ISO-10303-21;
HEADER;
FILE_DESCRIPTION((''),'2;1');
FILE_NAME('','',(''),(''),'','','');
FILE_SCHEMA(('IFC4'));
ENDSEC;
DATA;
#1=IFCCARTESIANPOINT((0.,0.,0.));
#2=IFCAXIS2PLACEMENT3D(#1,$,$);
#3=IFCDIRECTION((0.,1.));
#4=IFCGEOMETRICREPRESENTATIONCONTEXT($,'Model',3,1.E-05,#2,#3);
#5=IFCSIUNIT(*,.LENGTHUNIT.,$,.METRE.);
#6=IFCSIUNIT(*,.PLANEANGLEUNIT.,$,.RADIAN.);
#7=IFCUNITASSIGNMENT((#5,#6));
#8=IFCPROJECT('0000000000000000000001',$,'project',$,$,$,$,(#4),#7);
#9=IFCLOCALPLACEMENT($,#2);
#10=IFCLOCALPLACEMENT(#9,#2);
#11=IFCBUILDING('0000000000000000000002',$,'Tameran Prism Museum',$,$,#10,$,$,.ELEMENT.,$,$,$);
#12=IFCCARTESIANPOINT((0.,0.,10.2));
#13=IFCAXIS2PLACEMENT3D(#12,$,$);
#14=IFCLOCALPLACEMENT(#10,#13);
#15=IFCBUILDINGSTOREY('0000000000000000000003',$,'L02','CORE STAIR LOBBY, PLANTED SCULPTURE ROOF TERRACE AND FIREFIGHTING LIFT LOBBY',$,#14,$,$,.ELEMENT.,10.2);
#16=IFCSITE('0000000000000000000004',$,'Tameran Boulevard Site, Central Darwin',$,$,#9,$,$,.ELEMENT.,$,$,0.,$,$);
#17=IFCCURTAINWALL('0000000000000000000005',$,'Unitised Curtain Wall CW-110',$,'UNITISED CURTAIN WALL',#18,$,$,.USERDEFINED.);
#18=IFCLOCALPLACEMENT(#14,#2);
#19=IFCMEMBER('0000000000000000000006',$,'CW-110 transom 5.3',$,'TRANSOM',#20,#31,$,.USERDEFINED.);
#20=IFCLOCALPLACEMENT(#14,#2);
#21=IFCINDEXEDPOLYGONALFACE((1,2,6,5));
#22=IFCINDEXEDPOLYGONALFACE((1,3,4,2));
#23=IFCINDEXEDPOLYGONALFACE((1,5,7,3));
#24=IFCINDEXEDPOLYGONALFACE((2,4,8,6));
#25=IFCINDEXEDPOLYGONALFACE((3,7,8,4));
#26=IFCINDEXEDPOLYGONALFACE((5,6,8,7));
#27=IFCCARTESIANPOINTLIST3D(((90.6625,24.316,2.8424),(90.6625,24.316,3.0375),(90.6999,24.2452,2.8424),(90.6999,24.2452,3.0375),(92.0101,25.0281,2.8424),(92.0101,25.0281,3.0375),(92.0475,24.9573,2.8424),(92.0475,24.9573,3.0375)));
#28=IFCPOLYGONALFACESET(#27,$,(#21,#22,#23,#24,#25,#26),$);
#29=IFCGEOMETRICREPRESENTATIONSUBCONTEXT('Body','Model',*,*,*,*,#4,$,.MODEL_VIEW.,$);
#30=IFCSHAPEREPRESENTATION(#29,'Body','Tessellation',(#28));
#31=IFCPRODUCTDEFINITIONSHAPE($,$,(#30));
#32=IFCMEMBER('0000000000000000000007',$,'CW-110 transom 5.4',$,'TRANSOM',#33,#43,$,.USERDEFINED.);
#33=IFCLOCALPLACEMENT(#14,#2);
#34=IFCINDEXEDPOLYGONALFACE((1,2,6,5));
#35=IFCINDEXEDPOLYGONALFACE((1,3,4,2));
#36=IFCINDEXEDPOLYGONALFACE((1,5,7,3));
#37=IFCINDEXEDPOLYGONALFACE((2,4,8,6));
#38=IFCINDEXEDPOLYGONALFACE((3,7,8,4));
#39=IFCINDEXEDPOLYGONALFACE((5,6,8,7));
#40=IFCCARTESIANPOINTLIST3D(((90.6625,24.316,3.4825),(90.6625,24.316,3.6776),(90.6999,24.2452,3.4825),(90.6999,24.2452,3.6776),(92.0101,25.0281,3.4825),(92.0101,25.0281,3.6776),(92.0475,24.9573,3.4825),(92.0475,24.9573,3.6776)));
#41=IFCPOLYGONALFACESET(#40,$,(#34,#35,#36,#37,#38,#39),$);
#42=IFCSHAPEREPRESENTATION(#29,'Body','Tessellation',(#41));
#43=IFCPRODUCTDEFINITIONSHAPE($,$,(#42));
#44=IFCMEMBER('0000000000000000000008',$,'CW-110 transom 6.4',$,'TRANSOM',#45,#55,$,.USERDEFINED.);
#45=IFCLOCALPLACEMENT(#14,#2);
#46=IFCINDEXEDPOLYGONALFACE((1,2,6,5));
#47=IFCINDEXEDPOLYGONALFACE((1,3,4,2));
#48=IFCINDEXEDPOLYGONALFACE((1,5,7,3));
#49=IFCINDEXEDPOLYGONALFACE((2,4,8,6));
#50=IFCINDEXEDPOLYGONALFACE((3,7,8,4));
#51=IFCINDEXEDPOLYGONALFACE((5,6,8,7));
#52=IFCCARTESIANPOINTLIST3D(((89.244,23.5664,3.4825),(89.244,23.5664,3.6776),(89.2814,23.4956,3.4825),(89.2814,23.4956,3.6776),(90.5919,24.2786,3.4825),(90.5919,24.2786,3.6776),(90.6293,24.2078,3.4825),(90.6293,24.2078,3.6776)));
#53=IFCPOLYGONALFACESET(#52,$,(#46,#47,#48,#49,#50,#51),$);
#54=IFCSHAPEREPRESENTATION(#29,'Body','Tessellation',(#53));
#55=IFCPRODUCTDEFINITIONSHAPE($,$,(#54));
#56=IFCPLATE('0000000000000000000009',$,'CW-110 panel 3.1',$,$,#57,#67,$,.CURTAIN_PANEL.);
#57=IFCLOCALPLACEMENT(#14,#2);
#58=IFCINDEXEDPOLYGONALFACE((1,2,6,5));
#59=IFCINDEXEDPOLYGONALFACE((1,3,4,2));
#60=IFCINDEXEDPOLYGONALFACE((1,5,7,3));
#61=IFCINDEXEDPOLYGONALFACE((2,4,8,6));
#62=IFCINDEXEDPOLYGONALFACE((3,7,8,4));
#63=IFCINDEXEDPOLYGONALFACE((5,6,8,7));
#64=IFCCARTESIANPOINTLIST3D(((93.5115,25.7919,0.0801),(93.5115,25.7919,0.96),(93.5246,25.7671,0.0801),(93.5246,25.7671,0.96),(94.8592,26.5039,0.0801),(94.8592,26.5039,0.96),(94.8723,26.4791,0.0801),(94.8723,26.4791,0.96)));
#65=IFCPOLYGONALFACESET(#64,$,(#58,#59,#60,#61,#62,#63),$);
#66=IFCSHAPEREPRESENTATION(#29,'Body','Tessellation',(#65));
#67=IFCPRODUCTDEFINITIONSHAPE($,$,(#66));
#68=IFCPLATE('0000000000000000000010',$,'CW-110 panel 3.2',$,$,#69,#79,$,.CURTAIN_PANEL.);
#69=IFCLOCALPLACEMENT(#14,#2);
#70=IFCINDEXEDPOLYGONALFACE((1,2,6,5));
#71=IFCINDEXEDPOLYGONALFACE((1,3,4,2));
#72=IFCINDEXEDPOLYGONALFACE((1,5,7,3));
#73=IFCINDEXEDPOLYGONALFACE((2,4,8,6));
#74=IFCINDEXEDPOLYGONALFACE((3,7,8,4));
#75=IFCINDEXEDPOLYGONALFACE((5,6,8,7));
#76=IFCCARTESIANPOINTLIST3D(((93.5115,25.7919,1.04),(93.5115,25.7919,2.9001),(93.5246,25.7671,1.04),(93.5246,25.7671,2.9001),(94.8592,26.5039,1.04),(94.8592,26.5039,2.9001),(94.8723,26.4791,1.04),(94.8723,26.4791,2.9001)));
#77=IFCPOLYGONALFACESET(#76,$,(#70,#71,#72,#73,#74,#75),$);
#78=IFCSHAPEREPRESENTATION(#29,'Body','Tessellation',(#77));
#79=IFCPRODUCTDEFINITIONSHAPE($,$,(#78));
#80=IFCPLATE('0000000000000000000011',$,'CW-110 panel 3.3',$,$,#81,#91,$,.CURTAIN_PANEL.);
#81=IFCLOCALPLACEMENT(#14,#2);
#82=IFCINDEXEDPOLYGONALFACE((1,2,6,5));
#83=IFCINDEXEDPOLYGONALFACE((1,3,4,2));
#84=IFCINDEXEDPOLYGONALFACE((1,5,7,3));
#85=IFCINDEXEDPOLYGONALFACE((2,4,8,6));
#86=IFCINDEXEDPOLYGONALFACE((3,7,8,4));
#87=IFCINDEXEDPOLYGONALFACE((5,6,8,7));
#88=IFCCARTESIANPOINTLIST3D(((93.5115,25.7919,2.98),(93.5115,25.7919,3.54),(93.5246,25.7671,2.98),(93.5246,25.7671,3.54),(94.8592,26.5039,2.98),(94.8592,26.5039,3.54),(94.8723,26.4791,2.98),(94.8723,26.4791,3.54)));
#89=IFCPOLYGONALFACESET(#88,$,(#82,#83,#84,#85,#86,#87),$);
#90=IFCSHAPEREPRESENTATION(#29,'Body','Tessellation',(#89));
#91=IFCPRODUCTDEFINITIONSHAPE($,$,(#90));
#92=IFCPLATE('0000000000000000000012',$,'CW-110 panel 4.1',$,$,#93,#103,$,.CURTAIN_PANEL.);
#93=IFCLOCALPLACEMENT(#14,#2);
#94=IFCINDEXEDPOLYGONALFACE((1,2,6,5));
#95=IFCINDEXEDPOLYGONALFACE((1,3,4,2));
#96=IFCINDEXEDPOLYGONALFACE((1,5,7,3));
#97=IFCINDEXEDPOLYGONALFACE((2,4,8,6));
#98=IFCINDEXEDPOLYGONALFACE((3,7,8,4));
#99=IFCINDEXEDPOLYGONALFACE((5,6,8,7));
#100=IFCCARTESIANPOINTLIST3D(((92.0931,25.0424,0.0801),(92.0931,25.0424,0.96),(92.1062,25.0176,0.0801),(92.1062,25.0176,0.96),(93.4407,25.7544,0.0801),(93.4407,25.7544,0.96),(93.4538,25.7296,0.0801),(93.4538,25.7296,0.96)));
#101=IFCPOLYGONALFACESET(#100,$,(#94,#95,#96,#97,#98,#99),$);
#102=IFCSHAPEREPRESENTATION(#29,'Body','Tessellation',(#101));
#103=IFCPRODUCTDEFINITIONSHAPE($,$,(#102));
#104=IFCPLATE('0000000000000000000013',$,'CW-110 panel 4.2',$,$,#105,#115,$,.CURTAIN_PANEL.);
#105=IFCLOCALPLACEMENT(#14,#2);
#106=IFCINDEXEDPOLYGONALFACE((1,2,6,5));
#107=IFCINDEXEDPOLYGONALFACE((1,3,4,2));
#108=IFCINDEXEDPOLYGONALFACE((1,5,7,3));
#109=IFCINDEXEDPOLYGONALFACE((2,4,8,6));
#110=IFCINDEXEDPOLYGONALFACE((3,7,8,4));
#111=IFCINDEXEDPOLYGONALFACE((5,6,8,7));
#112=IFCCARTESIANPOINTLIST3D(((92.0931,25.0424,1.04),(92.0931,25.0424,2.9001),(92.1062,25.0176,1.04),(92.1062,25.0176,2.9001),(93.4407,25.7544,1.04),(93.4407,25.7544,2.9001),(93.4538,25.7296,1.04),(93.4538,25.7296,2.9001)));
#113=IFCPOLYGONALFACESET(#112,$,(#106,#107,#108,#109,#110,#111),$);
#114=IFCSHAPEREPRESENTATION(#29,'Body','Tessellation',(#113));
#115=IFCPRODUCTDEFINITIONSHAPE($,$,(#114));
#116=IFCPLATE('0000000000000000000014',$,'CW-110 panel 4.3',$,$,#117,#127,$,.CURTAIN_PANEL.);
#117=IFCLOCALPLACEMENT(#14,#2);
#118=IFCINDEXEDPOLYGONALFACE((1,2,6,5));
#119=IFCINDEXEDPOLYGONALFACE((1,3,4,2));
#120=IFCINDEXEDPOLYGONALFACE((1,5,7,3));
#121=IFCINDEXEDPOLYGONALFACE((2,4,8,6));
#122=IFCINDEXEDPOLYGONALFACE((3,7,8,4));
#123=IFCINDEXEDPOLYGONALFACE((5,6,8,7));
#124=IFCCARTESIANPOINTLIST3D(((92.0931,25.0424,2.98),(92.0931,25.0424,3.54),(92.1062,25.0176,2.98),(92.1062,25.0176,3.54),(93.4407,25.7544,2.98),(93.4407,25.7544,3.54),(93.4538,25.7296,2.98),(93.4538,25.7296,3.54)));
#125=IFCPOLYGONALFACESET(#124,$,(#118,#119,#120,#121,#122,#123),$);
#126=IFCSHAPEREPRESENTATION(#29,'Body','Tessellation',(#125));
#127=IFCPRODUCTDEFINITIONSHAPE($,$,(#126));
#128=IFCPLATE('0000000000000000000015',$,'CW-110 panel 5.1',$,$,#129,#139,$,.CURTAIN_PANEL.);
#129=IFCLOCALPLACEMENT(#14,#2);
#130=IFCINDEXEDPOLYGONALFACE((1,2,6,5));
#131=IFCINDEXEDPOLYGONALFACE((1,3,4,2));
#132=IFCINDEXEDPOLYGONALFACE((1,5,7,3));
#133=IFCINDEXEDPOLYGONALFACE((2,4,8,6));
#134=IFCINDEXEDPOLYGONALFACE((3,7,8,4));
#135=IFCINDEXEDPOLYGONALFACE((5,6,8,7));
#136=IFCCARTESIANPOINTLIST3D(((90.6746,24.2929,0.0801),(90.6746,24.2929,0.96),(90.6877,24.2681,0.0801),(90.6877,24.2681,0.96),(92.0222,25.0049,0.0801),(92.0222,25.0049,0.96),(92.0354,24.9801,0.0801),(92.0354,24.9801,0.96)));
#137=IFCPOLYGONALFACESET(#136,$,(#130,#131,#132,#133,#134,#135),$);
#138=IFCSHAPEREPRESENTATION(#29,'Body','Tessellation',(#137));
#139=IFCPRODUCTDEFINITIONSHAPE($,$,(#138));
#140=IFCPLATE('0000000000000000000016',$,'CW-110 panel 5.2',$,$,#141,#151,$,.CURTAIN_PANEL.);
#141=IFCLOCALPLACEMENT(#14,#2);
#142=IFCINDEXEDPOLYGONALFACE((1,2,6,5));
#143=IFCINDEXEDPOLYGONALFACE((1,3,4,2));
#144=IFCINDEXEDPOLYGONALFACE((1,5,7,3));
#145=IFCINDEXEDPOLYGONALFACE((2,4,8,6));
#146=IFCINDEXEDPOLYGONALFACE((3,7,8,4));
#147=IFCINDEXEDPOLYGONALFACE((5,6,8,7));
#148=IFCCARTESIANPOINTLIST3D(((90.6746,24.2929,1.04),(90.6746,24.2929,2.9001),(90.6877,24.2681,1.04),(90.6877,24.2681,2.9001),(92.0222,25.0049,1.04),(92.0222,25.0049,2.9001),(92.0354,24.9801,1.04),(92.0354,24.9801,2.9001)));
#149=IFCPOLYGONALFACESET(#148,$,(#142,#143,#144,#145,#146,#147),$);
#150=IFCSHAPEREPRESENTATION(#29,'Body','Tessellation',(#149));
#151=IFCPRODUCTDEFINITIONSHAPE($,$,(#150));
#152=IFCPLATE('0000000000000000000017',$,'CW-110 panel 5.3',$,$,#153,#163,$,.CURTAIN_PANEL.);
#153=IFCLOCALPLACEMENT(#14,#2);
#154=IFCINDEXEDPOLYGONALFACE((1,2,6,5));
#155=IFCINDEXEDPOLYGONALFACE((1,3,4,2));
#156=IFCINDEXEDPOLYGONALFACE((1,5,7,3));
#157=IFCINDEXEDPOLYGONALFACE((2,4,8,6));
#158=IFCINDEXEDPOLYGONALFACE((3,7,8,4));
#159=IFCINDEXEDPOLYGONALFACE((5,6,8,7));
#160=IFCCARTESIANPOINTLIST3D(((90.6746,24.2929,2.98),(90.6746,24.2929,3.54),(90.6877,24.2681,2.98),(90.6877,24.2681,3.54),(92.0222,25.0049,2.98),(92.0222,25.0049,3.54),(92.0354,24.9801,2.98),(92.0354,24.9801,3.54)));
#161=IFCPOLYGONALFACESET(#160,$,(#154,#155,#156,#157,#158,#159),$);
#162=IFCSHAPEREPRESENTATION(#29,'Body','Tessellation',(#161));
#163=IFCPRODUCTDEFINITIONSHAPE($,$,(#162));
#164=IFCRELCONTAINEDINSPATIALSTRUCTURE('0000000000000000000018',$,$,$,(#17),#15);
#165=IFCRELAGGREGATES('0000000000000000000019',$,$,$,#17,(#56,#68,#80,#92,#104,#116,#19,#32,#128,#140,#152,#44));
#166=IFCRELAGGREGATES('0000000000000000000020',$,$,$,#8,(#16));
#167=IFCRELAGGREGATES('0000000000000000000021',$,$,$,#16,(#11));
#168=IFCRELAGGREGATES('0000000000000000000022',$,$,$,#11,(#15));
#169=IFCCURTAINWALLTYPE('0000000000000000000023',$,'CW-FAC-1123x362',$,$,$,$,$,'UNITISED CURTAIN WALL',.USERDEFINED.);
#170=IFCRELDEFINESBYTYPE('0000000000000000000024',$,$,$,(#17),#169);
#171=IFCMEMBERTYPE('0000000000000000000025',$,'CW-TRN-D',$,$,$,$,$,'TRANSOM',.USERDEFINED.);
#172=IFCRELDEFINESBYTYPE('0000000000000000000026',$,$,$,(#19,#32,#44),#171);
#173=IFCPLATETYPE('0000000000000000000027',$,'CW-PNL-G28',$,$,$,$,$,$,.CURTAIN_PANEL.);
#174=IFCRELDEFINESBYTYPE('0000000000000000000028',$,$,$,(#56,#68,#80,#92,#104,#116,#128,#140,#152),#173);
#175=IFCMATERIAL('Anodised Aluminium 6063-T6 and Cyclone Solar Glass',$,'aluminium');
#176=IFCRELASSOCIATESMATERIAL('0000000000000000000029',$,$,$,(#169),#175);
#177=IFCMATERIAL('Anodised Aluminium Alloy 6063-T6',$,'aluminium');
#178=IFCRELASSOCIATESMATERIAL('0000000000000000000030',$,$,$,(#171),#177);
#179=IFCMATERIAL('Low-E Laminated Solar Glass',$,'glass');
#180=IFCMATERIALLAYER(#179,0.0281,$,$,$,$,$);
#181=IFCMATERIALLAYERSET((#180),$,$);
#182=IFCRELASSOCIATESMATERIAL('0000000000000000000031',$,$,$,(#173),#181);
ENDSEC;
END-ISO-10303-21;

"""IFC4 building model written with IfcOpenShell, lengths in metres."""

from ifc_helpers import new_model, si_unit, direction, frame, origin, origin_2d, place, context, subcontext, project, spatial, rectangle, extrude, material, layer, layer_set, material_profile, profile_set, type_object, element, aggregate, save


model = new_model("IFC4")

# Units and contexts
model_context = context("Model", 3, precision=1e-05, world=origin(), true_north=direction((0.0, 1.0)))
body_context = subcontext(model_context, "Body", "Model", "MODEL_VIEW")
ifc_project = project(units=[si_unit("LENGTHUNIT", "METRE"), si_unit("PLANEANGLEUNIT", "RADIAN")], contexts=[model_context])

# Site, building, storey
site_placement = place(None, origin())
site = spatial("IfcSite", under=ifc_project, at=site_placement, Name="Tameran Boulevard Site, Central Darwin", CompositionType="ELEMENT", RefElevation=0.0)
building_placement = place(site_placement, origin())
building = spatial("IfcBuilding", under=site, at=building_placement, Name="Tameran Prism Museum", CompositionType="ELEMENT")
storey_placement = place(building_placement, frame((0.0, 0.0, 10.2)))
storey = spatial("IfcBuildingStorey", under=building, at=storey_placement, Name="L02", Description="CORE STAIR LOBBY, PLANTED SCULPTURE ROOF TERRACE AND FIREFIGHTING LIFT LOBBY", CompositionType="ELEMENT", Elevation=10.2)

# Curtain wall, members, plates
ifc_material_1 = material(Name="Anodised Aluminium 6063-T6 and Cyclone Solar Glass", Category="aluminium")
curtain_wall_type = type_object("IfcCurtainWallType", Name="CW-FAC-1123x362", ElementType="UNITISED CURTAIN WALL", PredefinedType="USERDEFINED", material=ifc_material_1)
curtain_wall_placement = place(storey_placement, origin())
curtain_wall = element("IfcCurtainWall", 1, at=curtain_wall_placement, inside=storey, type_object=curtain_wall_type, Name="Unitised Curtain Wall CW-110", ObjectType="UNITISED CURTAIN WALL", PredefinedType="USERDEFINED")
ifc_material_2 = material(Name="Anodised Aluminium Alloy 6063-T6", Category="aluminium")
ifc_material_profile_1 = material_profile(ifc_material_2, rectangle(XDim=0.0801, YDim=0.1951, at=origin_2d()))
ifc_profile_set_1 = profile_set([ifc_material_profile_1])
member_type_1 = type_object("IfcMemberType", Name="CW-TRN-D", ElementType="TRANSOM", PredefinedType="USERDEFINED", material=ifc_profile_set_1)
member_1_placement = place(storey_placement, frame((92.0288, 24.9927, 2.9399), z_axis=(-0.884142, -0.467218, 0.0), x_axis=(0.467218, -0.884142, 0.0)))
member_1 = element("IfcMember", 2, at=member_1_placement, type_object=member_type_1, Name="CW-110 transom 5.3", ObjectType="TRANSOM", PredefinedType="USERDEFINED", context=body_context, shape_type="SweptSolid", body=[
    extrude(rectangle(XDim=0.0801, YDim=0.1951, at=origin_2d()), origin(), (0.0, 0.0, 1.0), 1.5242),
])
member_2_placement = place(storey_placement, frame((92.0288, 24.9927, 3.5801), z_axis=(-0.884142, -0.467218, 0.0), x_axis=(0.467218, -0.884142, 0.0)))
member_2 = element("IfcMember", 3, at=member_2_placement, type_object=member_type_1, Name="CW-110 transom 5.4", ObjectType="TRANSOM", PredefinedType="USERDEFINED", context=body_context, shape_type="SweptSolid", body=[
    extrude(rectangle(XDim=0.0801, YDim=0.1951, at=origin_2d()), origin(), (0.0, 0.0, 1.0), 1.5242),
])
member_3_placement = place(storey_placement, frame((90.6106, 24.2432, 3.5801), z_axis=(-0.884177, -0.467152, 0.0), x_axis=(0.467152, -0.884177, 0.0)))
member_3 = element("IfcMember", 4, at=member_3_placement, type_object=member_type_1, Name="CW-110 transom 6.4", ObjectType="TRANSOM", PredefinedType="USERDEFINED", context=body_context, shape_type="SweptSolid", body=[
    extrude(rectangle(XDim=0.0801, YDim=0.1951, at=origin_2d()), origin(), (0.0, 0.0, 1.0), 1.5244),
])
ifc_material_3 = material(Name="Low-E Laminated Solar Glass", Category="glass")
ifc_layer = layer(ifc_material_3, 0.0281)
ifc_layer_set = layer_set([ifc_layer])
plate_type = type_object("IfcPlateType", Name="CW-PNL-G28", PredefinedType="CURTAIN_PANEL", material=ifc_layer_set)
plate_1_placement = place(storey_placement, frame((94.1919, 26.1355, 0.0801), z_axis=(0.0, 0.0, 1.0), x_axis=(-0.884175, -0.467155, 0.0)))
plate_1 = element("IfcPlate", 5, at=plate_1_placement, type_object=plate_type, Name="CW-110 panel 3.1", PredefinedType="CURTAIN_PANEL", context=body_context, shape_type="SweptSolid", body=[
    extrude(rectangle(XDim=1.5242, YDim=0.0281, at=origin_2d()), origin(), (0.0, 0.0, 1.0), 0.8799),
])
plate_2_placement = place(storey_placement, frame((94.1919, 26.1355, 1.04), z_axis=(0.0, 0.0, 1.0), x_axis=(-0.884175, -0.467155, 0.0)))
plate_2 = element("IfcPlate", 6, at=plate_2_placement, type_object=plate_type, Name="CW-110 panel 3.2", PredefinedType="CURTAIN_PANEL", context=body_context, shape_type="SweptSolid", body=[
    extrude(rectangle(XDim=1.5242, YDim=0.0281, at=origin_2d()), origin(), (0.0, 0.0, 1.0), 1.8601),
])
plate_3_placement = place(storey_placement, frame((94.1919, 26.1355, 2.98), z_axis=(0.0, 0.0, 1.0), x_axis=(-0.884175, -0.467155, 0.0)))
plate_3 = element("IfcPlate", 7, at=plate_3_placement, type_object=plate_type, Name="CW-110 panel 3.3", PredefinedType="CURTAIN_PANEL", context=body_context, shape_type="SweptSolid", body=[
    extrude(rectangle(XDim=1.5242, YDim=0.0281, at=origin_2d()), origin(), (0.0, 0.0, 1.0), 0.5601),
])
plate_4_placement = place(storey_placement, frame((92.7734, 25.386, 0.0801), z_axis=(0.0, 0.0, 1.0), x_axis=(-0.884175, -0.467155, 0.0)))
plate_4 = element("IfcPlate", 8, at=plate_4_placement, type_object=plate_type, Name="CW-110 panel 4.1", PredefinedType="CURTAIN_PANEL", context=body_context, shape_type="SweptSolid", body=[
    extrude(rectangle(XDim=1.5242, YDim=0.0281, at=origin_2d()), origin(), (0.0, 0.0, 1.0), 0.8799),
])
plate_5_placement = place(storey_placement, frame((92.7734, 25.386, 1.04), z_axis=(0.0, 0.0, 1.0), x_axis=(-0.884175, -0.467155, 0.0)))
plate_5 = element("IfcPlate", 9, at=plate_5_placement, type_object=plate_type, Name="CW-110 panel 4.2", PredefinedType="CURTAIN_PANEL", context=body_context, shape_type="SweptSolid", body=[
    extrude(rectangle(XDim=1.5242, YDim=0.0281, at=origin_2d()), origin(), (0.0, 0.0, 1.0), 1.8601),
])
plate_6_placement = place(storey_placement, frame((92.7734, 25.386, 2.98), z_axis=(0.0, 0.0, 1.0), x_axis=(-0.884175, -0.467155, 0.0)))
plate_6 = element("IfcPlate", 10, at=plate_6_placement, type_object=plate_type, Name="CW-110 panel 4.3", PredefinedType="CURTAIN_PANEL", context=body_context, shape_type="SweptSolid", body=[
    extrude(rectangle(XDim=1.5242, YDim=0.0281, at=origin_2d()), origin(), (0.0, 0.0, 1.0), 0.5601),
])
plate_7_placement = place(storey_placement, frame((91.355, 24.6365, 0.0801), z_axis=(0.0, 0.0, 1.0), x_axis=(-0.884175, -0.467155, 0.0)))
plate_7 = element("IfcPlate", 11, at=plate_7_placement, type_object=plate_type, Name="CW-110 panel 5.1", PredefinedType="CURTAIN_PANEL", context=body_context, shape_type="SweptSolid", body=[
    extrude(rectangle(XDim=1.5242, YDim=0.0281, at=origin_2d()), origin(), (0.0, 0.0, 1.0), 0.8799),
])
plate_8_placement = place(storey_placement, frame((91.355, 24.6365, 1.04), z_axis=(0.0, 0.0, 1.0), x_axis=(-0.884175, -0.467155, 0.0)))
plate_8 = element("IfcPlate", 12, at=plate_8_placement, type_object=plate_type, Name="CW-110 panel 5.2", PredefinedType="CURTAIN_PANEL", context=body_context, shape_type="SweptSolid", body=[
    extrude(rectangle(XDim=1.5242, YDim=0.0281, at=origin_2d()), origin(), (0.0, 0.0, 1.0), 1.8601),
])
plate_9_placement = place(storey_placement, frame((91.355, 24.6365, 2.98), z_axis=(0.0, 0.0, 1.0), x_axis=(-0.884175, -0.467155, 0.0)))
plate_9 = element("IfcPlate", 13, at=plate_9_placement, type_object=plate_type, Name="CW-110 panel 5.3", PredefinedType="CURTAIN_PANEL", context=body_context, shape_type="SweptSolid", body=[
    extrude(rectangle(XDim=1.5242, YDim=0.0281, at=origin_2d()), origin(), (0.0, 0.0, 1.0), 0.5601),
])
aggregate(curtain_wall, [plate_1, plate_2, plate_3, plate_4, plate_5, plate_6, member_1, member_2, plate_7, plate_8, plate_9, member_3])

save(model, "model.ifc")
